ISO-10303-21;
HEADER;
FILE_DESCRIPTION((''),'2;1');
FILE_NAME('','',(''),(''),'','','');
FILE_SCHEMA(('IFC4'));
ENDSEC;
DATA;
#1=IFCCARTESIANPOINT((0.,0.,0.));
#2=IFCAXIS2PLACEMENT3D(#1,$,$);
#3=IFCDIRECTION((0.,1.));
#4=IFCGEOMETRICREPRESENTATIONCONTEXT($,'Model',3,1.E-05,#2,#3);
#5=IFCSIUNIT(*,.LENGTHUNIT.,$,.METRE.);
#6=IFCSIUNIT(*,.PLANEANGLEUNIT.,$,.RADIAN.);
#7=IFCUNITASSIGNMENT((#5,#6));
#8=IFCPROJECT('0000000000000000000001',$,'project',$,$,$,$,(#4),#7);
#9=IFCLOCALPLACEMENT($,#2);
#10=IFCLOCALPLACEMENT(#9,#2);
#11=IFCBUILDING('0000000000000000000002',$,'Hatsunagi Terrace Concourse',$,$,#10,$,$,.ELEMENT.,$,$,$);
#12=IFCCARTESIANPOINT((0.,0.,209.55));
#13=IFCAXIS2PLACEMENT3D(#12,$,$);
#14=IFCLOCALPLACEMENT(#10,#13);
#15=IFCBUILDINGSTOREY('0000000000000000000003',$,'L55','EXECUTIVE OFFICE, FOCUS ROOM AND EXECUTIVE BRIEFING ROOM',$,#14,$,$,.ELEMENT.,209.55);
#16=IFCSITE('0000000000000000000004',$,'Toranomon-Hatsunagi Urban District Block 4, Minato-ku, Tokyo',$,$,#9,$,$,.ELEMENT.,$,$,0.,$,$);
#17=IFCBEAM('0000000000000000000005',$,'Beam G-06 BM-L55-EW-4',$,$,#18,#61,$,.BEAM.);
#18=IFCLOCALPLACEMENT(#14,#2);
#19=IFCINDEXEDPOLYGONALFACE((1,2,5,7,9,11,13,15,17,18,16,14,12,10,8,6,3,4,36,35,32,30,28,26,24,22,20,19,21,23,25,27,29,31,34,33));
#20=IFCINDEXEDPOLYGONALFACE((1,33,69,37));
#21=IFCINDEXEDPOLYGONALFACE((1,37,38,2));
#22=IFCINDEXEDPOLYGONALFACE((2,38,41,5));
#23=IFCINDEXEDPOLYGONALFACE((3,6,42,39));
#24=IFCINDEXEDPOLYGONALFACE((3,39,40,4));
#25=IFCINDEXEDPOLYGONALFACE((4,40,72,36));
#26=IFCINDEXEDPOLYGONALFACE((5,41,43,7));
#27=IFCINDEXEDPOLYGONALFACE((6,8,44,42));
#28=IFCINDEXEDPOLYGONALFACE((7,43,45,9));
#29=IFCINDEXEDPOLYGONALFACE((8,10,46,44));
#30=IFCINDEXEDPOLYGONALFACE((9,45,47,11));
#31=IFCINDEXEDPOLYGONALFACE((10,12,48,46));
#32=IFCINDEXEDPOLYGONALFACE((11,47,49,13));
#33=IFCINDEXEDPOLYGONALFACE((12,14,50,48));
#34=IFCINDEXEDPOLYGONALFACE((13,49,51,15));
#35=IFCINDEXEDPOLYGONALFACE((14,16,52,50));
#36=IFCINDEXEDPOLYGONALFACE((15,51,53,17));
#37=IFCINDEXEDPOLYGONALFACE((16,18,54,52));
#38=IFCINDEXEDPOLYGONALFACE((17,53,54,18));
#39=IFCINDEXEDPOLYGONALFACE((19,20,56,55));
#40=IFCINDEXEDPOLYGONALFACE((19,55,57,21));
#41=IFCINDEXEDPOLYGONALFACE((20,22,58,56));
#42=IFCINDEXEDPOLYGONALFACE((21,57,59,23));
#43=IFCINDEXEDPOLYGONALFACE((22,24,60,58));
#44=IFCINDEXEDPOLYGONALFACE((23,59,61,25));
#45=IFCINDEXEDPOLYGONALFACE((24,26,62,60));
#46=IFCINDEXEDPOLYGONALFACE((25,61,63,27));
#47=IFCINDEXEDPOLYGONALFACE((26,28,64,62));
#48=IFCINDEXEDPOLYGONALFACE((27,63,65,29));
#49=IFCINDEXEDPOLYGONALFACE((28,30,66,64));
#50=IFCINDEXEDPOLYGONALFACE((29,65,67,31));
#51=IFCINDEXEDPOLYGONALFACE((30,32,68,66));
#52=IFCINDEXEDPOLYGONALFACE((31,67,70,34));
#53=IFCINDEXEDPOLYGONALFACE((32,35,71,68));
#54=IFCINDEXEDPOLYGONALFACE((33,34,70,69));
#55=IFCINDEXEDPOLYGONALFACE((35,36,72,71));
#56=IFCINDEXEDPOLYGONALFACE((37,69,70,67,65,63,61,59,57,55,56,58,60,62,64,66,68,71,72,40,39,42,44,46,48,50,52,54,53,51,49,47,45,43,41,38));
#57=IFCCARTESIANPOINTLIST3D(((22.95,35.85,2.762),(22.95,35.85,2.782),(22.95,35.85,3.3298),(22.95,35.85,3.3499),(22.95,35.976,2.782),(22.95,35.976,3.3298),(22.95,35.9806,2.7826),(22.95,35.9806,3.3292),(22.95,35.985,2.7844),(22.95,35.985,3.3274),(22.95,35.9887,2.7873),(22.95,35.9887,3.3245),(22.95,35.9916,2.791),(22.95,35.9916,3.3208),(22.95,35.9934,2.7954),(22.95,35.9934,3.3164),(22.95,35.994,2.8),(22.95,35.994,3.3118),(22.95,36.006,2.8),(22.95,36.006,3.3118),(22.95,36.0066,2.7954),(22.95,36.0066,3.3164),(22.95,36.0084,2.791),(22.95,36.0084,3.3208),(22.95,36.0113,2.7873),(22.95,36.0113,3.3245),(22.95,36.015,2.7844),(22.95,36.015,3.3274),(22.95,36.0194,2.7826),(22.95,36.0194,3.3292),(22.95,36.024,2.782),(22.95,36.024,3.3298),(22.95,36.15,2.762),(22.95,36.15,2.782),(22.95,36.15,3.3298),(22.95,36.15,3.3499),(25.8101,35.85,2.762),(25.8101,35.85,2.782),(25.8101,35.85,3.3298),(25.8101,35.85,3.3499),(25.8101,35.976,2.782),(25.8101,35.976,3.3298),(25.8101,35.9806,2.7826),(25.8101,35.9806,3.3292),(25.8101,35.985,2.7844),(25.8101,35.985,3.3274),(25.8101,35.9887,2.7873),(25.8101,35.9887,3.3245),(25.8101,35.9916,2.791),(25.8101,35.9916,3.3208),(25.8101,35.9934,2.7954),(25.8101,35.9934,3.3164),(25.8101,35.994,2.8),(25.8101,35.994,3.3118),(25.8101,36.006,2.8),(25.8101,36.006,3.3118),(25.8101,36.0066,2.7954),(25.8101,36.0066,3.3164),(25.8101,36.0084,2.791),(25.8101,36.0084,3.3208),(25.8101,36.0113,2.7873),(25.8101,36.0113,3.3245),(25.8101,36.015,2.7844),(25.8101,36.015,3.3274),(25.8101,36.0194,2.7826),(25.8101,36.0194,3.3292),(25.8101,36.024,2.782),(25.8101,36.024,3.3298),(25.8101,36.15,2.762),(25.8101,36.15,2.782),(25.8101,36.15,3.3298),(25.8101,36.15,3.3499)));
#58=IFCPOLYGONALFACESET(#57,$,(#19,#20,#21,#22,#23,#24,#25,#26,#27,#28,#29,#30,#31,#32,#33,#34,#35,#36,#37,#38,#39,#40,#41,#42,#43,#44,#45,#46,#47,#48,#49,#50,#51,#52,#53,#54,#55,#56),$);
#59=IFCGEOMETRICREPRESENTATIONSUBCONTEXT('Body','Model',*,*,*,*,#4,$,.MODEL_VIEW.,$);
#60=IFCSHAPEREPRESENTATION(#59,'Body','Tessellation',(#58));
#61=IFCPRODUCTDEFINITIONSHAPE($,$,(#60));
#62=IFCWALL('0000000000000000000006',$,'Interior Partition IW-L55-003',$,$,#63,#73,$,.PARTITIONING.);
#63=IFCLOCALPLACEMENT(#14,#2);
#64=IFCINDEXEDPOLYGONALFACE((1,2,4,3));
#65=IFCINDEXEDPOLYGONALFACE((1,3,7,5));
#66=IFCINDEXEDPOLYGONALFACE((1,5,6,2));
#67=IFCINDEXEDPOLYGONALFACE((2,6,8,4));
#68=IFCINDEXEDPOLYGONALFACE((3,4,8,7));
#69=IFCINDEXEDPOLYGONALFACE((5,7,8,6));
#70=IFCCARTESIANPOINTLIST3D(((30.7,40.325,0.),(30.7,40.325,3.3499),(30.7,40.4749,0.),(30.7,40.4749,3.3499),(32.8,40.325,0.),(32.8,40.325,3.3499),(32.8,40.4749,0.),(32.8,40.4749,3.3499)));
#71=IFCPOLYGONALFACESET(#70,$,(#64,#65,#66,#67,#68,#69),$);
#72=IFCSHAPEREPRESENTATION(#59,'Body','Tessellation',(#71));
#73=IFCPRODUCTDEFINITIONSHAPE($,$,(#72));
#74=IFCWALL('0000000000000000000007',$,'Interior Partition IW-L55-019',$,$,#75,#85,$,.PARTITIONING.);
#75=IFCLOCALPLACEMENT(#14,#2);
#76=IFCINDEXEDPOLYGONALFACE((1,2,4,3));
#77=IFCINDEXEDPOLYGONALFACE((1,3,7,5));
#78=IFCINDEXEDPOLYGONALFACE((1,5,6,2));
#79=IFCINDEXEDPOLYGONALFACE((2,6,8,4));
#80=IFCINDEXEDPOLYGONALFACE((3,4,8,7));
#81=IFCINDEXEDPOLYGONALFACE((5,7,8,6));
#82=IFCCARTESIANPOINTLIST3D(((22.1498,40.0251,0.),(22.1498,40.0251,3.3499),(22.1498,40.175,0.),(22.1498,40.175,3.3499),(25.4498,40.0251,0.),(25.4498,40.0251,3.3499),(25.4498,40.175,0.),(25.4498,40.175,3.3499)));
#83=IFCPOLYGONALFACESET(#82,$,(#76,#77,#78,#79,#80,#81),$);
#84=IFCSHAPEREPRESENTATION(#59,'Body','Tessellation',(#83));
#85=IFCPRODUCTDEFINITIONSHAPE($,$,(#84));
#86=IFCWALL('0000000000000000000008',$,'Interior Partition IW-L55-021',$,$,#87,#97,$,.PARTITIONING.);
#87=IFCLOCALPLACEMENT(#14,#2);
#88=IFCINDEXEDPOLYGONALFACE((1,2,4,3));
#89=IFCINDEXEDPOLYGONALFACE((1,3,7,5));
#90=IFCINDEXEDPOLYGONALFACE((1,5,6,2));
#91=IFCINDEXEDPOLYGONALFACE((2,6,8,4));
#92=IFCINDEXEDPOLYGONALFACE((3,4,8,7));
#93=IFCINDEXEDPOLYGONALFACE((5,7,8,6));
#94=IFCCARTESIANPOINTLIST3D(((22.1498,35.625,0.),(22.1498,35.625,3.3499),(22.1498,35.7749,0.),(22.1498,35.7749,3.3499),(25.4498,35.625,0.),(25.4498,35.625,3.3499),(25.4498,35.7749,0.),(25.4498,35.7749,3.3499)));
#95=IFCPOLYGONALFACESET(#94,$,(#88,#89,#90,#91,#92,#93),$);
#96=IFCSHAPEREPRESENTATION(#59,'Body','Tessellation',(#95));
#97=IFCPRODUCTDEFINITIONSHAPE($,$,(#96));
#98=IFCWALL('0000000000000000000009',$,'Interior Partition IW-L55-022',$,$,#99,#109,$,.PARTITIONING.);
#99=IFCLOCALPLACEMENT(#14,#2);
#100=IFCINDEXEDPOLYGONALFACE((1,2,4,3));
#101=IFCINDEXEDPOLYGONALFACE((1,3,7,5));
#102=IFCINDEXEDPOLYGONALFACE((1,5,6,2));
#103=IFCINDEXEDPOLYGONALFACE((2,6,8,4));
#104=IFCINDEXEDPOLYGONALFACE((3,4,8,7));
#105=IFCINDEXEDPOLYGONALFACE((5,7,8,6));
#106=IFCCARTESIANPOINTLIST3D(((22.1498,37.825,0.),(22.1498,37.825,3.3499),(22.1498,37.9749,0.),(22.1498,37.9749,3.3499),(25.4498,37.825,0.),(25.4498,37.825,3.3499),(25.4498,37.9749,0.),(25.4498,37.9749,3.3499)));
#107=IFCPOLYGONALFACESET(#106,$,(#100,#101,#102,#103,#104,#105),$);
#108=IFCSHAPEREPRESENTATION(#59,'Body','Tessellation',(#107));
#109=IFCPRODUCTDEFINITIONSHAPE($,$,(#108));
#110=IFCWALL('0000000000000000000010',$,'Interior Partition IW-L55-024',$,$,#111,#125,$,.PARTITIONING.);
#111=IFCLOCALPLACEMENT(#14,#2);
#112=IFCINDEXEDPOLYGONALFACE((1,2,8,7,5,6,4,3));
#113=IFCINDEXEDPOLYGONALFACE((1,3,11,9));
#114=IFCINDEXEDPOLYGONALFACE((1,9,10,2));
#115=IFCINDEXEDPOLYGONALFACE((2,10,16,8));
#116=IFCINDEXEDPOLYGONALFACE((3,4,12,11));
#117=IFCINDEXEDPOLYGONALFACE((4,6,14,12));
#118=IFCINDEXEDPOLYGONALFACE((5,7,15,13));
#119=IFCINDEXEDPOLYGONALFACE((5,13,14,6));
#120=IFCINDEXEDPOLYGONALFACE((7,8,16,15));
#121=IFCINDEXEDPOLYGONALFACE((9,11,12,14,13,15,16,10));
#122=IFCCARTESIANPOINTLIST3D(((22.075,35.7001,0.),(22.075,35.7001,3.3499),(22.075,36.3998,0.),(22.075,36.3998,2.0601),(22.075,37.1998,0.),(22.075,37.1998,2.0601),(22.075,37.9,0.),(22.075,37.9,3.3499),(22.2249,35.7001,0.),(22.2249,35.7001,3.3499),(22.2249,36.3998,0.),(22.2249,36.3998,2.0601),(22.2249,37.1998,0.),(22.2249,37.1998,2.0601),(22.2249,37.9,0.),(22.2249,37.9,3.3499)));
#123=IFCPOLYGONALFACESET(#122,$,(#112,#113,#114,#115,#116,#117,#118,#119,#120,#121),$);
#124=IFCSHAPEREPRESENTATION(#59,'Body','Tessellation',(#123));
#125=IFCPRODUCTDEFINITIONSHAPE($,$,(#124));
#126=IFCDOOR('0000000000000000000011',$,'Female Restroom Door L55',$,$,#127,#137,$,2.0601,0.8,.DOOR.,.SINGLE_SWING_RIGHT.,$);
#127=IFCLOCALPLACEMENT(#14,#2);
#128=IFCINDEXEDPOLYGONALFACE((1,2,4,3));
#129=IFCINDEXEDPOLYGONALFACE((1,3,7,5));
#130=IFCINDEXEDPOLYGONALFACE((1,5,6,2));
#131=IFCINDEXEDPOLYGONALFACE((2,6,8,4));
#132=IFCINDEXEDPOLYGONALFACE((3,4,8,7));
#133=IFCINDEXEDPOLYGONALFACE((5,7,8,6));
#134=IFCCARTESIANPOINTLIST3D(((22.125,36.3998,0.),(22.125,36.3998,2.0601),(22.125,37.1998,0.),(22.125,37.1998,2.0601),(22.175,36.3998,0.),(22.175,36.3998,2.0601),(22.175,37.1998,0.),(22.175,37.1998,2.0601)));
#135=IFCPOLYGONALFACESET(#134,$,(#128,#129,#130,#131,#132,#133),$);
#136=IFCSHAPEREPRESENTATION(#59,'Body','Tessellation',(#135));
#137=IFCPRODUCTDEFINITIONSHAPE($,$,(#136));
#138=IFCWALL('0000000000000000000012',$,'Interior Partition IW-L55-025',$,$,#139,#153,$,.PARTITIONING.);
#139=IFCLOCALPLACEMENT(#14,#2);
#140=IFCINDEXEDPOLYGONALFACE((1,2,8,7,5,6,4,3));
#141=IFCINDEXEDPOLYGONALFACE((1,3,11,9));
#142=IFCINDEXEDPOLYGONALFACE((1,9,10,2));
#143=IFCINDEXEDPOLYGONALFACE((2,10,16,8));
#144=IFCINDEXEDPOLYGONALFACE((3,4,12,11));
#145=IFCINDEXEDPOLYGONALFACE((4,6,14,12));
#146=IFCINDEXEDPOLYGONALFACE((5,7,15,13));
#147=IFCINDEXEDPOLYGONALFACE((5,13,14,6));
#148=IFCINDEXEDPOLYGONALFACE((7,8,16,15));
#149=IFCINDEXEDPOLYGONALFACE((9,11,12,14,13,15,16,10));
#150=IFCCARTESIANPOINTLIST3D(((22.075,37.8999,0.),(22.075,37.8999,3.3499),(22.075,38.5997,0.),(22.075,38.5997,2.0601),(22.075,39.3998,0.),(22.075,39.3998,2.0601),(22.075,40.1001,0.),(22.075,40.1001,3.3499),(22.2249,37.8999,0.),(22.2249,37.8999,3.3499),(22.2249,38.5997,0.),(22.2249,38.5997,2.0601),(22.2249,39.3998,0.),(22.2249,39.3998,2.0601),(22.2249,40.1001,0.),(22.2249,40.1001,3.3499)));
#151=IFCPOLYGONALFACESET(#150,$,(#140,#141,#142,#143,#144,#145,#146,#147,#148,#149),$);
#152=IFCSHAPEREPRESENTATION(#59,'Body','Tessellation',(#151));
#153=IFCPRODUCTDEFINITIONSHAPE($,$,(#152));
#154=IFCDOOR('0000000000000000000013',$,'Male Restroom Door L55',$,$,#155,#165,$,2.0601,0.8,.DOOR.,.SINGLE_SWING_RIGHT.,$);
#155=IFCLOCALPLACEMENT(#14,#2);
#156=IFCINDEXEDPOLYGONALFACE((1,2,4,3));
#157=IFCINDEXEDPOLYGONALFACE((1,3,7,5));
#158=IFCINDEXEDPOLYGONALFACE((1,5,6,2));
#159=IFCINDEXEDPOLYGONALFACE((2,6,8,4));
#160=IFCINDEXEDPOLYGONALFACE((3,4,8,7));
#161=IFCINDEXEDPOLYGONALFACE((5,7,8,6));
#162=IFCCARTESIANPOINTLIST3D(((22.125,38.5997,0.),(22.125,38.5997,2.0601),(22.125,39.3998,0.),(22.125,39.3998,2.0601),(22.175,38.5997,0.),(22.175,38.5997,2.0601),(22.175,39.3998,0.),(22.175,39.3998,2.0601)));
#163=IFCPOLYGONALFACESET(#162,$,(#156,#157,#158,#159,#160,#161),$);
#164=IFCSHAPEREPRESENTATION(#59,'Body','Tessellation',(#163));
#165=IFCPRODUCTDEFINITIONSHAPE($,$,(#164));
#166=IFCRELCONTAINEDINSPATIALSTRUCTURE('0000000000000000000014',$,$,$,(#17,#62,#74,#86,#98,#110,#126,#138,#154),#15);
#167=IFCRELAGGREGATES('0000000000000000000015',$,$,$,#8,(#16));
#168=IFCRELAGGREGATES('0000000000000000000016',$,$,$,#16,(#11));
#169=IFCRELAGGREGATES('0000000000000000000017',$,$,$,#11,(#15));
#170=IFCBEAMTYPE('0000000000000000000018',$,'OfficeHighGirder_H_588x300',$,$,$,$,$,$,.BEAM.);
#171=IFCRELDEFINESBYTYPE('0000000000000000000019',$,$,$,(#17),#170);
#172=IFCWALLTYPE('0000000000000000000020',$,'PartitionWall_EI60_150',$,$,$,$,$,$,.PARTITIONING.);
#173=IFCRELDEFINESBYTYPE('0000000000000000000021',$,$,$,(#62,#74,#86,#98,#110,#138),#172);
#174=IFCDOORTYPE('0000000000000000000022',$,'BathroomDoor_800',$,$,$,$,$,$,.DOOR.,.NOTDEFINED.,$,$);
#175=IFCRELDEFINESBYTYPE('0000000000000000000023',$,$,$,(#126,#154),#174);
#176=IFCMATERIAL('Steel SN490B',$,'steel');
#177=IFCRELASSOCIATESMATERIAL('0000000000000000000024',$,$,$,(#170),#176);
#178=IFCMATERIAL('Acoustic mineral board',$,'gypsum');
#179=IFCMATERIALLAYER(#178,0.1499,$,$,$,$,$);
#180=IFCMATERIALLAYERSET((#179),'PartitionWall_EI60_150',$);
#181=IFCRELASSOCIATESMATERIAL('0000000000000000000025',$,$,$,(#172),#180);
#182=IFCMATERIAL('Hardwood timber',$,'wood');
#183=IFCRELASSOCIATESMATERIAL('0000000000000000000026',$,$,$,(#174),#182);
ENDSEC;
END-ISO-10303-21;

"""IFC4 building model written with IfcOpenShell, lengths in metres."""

from ifc_helpers import new_model, si_unit, direction, frame, frame_2d, origin, origin_2d, place, context, subcontext, project, spatial, rectangle, i_section, extrude, material, layer, layer_set, material_profile, profile_set, type_object, element, fill, save


model = new_model("IFC4")

# Units and contexts
model_context = context("Model", 3, precision=1e-05, world=origin(), true_north=direction((0.0, 1.0)))
body_context = subcontext(model_context, "Body", "Model", "MODEL_VIEW")
ifc_project = project(units=[si_unit("LENGTHUNIT", "METRE"), si_unit("PLANEANGLEUNIT", "RADIAN")], contexts=[model_context])

# Site, building, storey
site_placement = place(None, origin())
site = spatial("IfcSite", under=ifc_project, at=site_placement, Name="Toranomon-Hatsunagi Urban District Block 4, Minato-ku, Tokyo", CompositionType="ELEMENT", RefElevation=0.0)
building_placement = place(site_placement, origin())
building = spatial("IfcBuilding", under=site, at=building_placement, Name="Hatsunagi Terrace Concourse", CompositionType="ELEMENT")
storey_placement = place(building_placement, frame((0.0, 0.0, 209.55)))
storey = spatial("IfcBuildingStorey", under=building, at=storey_placement, Name="L55", Description="EXECUTIVE OFFICE, FOCUS ROOM AND EXECUTIVE BRIEFING ROOM", CompositionType="ELEMENT", Elevation=209.55)

# Beam
ifc_material_1 = material(Name="Steel SN490B", Category="steel")
ifc_material_profile = material_profile(ifc_material_1, i_section(OverallWidth=0.3, OverallDepth=0.5879, WebThickness=0.012, FlangeThickness=0.02, FilletRadius=0.0181, at=origin_2d()), Name="H-588x300x12x20")
ifc_profile_set = profile_set([ifc_material_profile], Name="Steel SN490B")
beam_type = type_object("IfcBeamType", Name="OfficeHighGirder_H_588x300", PredefinedType="BEAM", material=ifc_profile_set)
beam_placement = place(storey_placement, frame((22.95, 36.0, 3.0559), z_axis=(1.0, 0.0, 0.0), x_axis=(0.0, 1.0, 0.0)))
element("IfcBeam", 1, at=beam_placement, inside=storey, type_object=beam_type, Name="Beam G-06 BM-L55-EW-4", PredefinedType="BEAM", context=body_context, shape_type="SweptSolid", body=[
    extrude(i_section(OverallWidth=0.3, OverallDepth=0.5879, WebThickness=0.012, FlangeThickness=0.02, FilletRadius=0.0181, at=origin_2d()), origin(), (0.0, 0.0, 1.0), 2.8601),
])

# Walls
ifc_material_2 = material(Name="Acoustic mineral board", Category="gypsum")
ifc_layer_1 = layer(ifc_material_2, 0.1499)
ifc_layer_set_1 = layer_set([ifc_layer_1], Name="PartitionWall_EI60_150")
wall_type_1 = type_object("IfcWallType", Name="PartitionWall_EI60_150", PredefinedType="PARTITIONING", material=ifc_layer_set_1)
wall_1_placement = place(storey_placement, frame((30.7, 40.3999, 0.0), z_axis=(0.0, 0.0, 1.0), x_axis=(1.0, 0.0, 0.0)))
element("IfcWall", 2, at=wall_1_placement, inside=storey, type_object=wall_type_1, Name="Interior Partition IW-L55-003", PredefinedType="PARTITIONING", context=body_context, shape_type="SweptSolid", body=[
    extrude(rectangle(XDim=2.1001, YDim=0.1499, at=frame_2d((1.05, 0.0))), origin(), (0.0, 0.0, 1.0), 3.3499),
])
for number, where, z_axis, x_axis, name in (
    (3, (22.1499, 40.1001, 0.0), (0.0, 0.0, 1.0), (1.0, 0.0, 0.0), "Interior Partition IW-L55-019"),
    (4, (22.1499, 35.7, 0.0), (0.0, 0.0, 1.0), (1.0, 0.0, 0.0), "Interior Partition IW-L55-021"),
    (5, (22.1499, 37.8999, 0.0), (0.0, 0.0, 1.0), (1.0, 0.0, 0.0), "Interior Partition IW-L55-022"),
):
    element("IfcWall", number, at=place(storey_placement, frame(where, z_axis=z_axis, x_axis=x_axis)), inside=storey, type_object=wall_type_1, Name=name, PredefinedType="PARTITIONING", context=body_context, shape_type="SweptSolid", body=[
        extrude(rectangle(XDim=3.3, YDim=0.1499, at=frame_2d((1.6499, 0.0))), origin(), (0.0, 0.0, 1.0), 3.3499),
    ])

# Walls, openings, doors
wall_2_placement = place(storey_placement, frame((22.1499, 35.7, 0.0), z_axis=(0.0, 0.0, 1.0), x_axis=(0.0, 1.0, 0.0)))
wall_2 = element("IfcWall", 6, at=wall_2_placement, inside=storey, type_object=wall_type_1, Name="Interior Partition IW-L55-024", PredefinedType="PARTITIONING", context=body_context, shape_type="SweptSolid", body=[
    extrude(rectangle(XDim=2.2, YDim=0.1499, at=frame_2d((1.1001, 0.0))), origin(), (0.0, 0.0, 1.0), 3.3499),
])
opening_1_placement = place(wall_2_placement, frame((0.7, 0.0, 0.0)))
opening_1 = element("IfcOpeningElement", 7, at=opening_1_placement, cuts=wall_2, PredefinedType="OPENING", context=body_context, shape_type="SweptSolid", body=[
    extrude(rectangle(XDim=0.8, YDim=2.0601, at=frame_2d((0.3999, 1.03))), frame((0.0, 0.085, 0.0), z_axis=(0.0, -1.0, 0.0), x_axis=(1.0, 0.0, 0.0)), (0.0, 0.0, 1.0), 0.1699),
])
ifc_material_3 = material(Name="Hardwood timber", Category="wood")
door_type_1 = type_object("IfcDoorType", Name="BathroomDoor_800", OperationType="NOTDEFINED", PredefinedType="DOOR", material=ifc_material_3)
door_1_placement = place(opening_1_placement, origin())
door_1 = element("IfcDoor", 8, at=door_1_placement, inside=storey, type_object=door_type_1, Name="Female Restroom Door L55", OperationType="SINGLE_SWING_RIGHT", OverallHeight=2.0601, OverallWidth=0.8, PredefinedType="DOOR", context=body_context, shape_type="SweptSolid", body=[
    extrude(rectangle(XDim=0.8, YDim=2.0601, at=frame_2d((0.3999, 1.03))), frame((0.0, 0.0249, 0.0), z_axis=(0.0, -1.0, 0.0), x_axis=(1.0, 0.0, 0.0)), (0.0, 0.0, 1.0), 0.05),
])
fill(opening_1, door_1)
wall_3_placement = place(storey_placement, frame((22.1499, 37.8999, 0.0), z_axis=(0.0, 0.0, 1.0), x_axis=(0.0, 1.0, 0.0)))
wall_3 = element("IfcWall", 9, at=wall_3_placement, inside=storey, type_object=wall_type_1, Name="Interior Partition IW-L55-025", PredefinedType="PARTITIONING", context=body_context, shape_type="SweptSolid", body=[
    extrude(rectangle(XDim=2.2002, YDim=0.1499, at=frame_2d((1.1001, 0.0))), origin(), (0.0, 0.0, 1.0), 3.3499),
])
opening_2_placement = place(wall_3_placement, frame((0.7, 0.0, 0.0)))
opening_2 = element("IfcOpeningElement", 10, at=opening_2_placement, cuts=wall_3, PredefinedType="OPENING", context=body_context, shape_type="SweptSolid", body=[
    extrude(rectangle(XDim=0.8, YDim=2.0601, at=frame_2d((0.3999, 1.03))), frame((0.0, 0.085, 0.0), z_axis=(0.0, -1.0, 0.0), x_axis=(1.0, 0.0, 0.0)), (0.0, 0.0, 1.0), 0.1699),
])
door_2_placement = place(opening_2_placement, origin())
door_2 = element("IfcDoor", 11, at=door_2_placement, inside=storey, type_object=door_type_1, Name="Male Restroom Door L55", OperationType="SINGLE_SWING_RIGHT", OverallHeight=2.0601, OverallWidth=0.8, PredefinedType="DOOR", context=body_context, shape_type="SweptSolid", body=[
    extrude(rectangle(XDim=0.8, YDim=2.0601, at=frame_2d((0.3999, 1.03))), frame((0.0, 0.0249, 0.0), z_axis=(0.0, -1.0, 0.0), x_axis=(1.0, 0.0, 0.0)), (0.0, 0.0, 1.0), 0.05),
])
fill(opening_2, door_2)

save(model, "model.ifc")
